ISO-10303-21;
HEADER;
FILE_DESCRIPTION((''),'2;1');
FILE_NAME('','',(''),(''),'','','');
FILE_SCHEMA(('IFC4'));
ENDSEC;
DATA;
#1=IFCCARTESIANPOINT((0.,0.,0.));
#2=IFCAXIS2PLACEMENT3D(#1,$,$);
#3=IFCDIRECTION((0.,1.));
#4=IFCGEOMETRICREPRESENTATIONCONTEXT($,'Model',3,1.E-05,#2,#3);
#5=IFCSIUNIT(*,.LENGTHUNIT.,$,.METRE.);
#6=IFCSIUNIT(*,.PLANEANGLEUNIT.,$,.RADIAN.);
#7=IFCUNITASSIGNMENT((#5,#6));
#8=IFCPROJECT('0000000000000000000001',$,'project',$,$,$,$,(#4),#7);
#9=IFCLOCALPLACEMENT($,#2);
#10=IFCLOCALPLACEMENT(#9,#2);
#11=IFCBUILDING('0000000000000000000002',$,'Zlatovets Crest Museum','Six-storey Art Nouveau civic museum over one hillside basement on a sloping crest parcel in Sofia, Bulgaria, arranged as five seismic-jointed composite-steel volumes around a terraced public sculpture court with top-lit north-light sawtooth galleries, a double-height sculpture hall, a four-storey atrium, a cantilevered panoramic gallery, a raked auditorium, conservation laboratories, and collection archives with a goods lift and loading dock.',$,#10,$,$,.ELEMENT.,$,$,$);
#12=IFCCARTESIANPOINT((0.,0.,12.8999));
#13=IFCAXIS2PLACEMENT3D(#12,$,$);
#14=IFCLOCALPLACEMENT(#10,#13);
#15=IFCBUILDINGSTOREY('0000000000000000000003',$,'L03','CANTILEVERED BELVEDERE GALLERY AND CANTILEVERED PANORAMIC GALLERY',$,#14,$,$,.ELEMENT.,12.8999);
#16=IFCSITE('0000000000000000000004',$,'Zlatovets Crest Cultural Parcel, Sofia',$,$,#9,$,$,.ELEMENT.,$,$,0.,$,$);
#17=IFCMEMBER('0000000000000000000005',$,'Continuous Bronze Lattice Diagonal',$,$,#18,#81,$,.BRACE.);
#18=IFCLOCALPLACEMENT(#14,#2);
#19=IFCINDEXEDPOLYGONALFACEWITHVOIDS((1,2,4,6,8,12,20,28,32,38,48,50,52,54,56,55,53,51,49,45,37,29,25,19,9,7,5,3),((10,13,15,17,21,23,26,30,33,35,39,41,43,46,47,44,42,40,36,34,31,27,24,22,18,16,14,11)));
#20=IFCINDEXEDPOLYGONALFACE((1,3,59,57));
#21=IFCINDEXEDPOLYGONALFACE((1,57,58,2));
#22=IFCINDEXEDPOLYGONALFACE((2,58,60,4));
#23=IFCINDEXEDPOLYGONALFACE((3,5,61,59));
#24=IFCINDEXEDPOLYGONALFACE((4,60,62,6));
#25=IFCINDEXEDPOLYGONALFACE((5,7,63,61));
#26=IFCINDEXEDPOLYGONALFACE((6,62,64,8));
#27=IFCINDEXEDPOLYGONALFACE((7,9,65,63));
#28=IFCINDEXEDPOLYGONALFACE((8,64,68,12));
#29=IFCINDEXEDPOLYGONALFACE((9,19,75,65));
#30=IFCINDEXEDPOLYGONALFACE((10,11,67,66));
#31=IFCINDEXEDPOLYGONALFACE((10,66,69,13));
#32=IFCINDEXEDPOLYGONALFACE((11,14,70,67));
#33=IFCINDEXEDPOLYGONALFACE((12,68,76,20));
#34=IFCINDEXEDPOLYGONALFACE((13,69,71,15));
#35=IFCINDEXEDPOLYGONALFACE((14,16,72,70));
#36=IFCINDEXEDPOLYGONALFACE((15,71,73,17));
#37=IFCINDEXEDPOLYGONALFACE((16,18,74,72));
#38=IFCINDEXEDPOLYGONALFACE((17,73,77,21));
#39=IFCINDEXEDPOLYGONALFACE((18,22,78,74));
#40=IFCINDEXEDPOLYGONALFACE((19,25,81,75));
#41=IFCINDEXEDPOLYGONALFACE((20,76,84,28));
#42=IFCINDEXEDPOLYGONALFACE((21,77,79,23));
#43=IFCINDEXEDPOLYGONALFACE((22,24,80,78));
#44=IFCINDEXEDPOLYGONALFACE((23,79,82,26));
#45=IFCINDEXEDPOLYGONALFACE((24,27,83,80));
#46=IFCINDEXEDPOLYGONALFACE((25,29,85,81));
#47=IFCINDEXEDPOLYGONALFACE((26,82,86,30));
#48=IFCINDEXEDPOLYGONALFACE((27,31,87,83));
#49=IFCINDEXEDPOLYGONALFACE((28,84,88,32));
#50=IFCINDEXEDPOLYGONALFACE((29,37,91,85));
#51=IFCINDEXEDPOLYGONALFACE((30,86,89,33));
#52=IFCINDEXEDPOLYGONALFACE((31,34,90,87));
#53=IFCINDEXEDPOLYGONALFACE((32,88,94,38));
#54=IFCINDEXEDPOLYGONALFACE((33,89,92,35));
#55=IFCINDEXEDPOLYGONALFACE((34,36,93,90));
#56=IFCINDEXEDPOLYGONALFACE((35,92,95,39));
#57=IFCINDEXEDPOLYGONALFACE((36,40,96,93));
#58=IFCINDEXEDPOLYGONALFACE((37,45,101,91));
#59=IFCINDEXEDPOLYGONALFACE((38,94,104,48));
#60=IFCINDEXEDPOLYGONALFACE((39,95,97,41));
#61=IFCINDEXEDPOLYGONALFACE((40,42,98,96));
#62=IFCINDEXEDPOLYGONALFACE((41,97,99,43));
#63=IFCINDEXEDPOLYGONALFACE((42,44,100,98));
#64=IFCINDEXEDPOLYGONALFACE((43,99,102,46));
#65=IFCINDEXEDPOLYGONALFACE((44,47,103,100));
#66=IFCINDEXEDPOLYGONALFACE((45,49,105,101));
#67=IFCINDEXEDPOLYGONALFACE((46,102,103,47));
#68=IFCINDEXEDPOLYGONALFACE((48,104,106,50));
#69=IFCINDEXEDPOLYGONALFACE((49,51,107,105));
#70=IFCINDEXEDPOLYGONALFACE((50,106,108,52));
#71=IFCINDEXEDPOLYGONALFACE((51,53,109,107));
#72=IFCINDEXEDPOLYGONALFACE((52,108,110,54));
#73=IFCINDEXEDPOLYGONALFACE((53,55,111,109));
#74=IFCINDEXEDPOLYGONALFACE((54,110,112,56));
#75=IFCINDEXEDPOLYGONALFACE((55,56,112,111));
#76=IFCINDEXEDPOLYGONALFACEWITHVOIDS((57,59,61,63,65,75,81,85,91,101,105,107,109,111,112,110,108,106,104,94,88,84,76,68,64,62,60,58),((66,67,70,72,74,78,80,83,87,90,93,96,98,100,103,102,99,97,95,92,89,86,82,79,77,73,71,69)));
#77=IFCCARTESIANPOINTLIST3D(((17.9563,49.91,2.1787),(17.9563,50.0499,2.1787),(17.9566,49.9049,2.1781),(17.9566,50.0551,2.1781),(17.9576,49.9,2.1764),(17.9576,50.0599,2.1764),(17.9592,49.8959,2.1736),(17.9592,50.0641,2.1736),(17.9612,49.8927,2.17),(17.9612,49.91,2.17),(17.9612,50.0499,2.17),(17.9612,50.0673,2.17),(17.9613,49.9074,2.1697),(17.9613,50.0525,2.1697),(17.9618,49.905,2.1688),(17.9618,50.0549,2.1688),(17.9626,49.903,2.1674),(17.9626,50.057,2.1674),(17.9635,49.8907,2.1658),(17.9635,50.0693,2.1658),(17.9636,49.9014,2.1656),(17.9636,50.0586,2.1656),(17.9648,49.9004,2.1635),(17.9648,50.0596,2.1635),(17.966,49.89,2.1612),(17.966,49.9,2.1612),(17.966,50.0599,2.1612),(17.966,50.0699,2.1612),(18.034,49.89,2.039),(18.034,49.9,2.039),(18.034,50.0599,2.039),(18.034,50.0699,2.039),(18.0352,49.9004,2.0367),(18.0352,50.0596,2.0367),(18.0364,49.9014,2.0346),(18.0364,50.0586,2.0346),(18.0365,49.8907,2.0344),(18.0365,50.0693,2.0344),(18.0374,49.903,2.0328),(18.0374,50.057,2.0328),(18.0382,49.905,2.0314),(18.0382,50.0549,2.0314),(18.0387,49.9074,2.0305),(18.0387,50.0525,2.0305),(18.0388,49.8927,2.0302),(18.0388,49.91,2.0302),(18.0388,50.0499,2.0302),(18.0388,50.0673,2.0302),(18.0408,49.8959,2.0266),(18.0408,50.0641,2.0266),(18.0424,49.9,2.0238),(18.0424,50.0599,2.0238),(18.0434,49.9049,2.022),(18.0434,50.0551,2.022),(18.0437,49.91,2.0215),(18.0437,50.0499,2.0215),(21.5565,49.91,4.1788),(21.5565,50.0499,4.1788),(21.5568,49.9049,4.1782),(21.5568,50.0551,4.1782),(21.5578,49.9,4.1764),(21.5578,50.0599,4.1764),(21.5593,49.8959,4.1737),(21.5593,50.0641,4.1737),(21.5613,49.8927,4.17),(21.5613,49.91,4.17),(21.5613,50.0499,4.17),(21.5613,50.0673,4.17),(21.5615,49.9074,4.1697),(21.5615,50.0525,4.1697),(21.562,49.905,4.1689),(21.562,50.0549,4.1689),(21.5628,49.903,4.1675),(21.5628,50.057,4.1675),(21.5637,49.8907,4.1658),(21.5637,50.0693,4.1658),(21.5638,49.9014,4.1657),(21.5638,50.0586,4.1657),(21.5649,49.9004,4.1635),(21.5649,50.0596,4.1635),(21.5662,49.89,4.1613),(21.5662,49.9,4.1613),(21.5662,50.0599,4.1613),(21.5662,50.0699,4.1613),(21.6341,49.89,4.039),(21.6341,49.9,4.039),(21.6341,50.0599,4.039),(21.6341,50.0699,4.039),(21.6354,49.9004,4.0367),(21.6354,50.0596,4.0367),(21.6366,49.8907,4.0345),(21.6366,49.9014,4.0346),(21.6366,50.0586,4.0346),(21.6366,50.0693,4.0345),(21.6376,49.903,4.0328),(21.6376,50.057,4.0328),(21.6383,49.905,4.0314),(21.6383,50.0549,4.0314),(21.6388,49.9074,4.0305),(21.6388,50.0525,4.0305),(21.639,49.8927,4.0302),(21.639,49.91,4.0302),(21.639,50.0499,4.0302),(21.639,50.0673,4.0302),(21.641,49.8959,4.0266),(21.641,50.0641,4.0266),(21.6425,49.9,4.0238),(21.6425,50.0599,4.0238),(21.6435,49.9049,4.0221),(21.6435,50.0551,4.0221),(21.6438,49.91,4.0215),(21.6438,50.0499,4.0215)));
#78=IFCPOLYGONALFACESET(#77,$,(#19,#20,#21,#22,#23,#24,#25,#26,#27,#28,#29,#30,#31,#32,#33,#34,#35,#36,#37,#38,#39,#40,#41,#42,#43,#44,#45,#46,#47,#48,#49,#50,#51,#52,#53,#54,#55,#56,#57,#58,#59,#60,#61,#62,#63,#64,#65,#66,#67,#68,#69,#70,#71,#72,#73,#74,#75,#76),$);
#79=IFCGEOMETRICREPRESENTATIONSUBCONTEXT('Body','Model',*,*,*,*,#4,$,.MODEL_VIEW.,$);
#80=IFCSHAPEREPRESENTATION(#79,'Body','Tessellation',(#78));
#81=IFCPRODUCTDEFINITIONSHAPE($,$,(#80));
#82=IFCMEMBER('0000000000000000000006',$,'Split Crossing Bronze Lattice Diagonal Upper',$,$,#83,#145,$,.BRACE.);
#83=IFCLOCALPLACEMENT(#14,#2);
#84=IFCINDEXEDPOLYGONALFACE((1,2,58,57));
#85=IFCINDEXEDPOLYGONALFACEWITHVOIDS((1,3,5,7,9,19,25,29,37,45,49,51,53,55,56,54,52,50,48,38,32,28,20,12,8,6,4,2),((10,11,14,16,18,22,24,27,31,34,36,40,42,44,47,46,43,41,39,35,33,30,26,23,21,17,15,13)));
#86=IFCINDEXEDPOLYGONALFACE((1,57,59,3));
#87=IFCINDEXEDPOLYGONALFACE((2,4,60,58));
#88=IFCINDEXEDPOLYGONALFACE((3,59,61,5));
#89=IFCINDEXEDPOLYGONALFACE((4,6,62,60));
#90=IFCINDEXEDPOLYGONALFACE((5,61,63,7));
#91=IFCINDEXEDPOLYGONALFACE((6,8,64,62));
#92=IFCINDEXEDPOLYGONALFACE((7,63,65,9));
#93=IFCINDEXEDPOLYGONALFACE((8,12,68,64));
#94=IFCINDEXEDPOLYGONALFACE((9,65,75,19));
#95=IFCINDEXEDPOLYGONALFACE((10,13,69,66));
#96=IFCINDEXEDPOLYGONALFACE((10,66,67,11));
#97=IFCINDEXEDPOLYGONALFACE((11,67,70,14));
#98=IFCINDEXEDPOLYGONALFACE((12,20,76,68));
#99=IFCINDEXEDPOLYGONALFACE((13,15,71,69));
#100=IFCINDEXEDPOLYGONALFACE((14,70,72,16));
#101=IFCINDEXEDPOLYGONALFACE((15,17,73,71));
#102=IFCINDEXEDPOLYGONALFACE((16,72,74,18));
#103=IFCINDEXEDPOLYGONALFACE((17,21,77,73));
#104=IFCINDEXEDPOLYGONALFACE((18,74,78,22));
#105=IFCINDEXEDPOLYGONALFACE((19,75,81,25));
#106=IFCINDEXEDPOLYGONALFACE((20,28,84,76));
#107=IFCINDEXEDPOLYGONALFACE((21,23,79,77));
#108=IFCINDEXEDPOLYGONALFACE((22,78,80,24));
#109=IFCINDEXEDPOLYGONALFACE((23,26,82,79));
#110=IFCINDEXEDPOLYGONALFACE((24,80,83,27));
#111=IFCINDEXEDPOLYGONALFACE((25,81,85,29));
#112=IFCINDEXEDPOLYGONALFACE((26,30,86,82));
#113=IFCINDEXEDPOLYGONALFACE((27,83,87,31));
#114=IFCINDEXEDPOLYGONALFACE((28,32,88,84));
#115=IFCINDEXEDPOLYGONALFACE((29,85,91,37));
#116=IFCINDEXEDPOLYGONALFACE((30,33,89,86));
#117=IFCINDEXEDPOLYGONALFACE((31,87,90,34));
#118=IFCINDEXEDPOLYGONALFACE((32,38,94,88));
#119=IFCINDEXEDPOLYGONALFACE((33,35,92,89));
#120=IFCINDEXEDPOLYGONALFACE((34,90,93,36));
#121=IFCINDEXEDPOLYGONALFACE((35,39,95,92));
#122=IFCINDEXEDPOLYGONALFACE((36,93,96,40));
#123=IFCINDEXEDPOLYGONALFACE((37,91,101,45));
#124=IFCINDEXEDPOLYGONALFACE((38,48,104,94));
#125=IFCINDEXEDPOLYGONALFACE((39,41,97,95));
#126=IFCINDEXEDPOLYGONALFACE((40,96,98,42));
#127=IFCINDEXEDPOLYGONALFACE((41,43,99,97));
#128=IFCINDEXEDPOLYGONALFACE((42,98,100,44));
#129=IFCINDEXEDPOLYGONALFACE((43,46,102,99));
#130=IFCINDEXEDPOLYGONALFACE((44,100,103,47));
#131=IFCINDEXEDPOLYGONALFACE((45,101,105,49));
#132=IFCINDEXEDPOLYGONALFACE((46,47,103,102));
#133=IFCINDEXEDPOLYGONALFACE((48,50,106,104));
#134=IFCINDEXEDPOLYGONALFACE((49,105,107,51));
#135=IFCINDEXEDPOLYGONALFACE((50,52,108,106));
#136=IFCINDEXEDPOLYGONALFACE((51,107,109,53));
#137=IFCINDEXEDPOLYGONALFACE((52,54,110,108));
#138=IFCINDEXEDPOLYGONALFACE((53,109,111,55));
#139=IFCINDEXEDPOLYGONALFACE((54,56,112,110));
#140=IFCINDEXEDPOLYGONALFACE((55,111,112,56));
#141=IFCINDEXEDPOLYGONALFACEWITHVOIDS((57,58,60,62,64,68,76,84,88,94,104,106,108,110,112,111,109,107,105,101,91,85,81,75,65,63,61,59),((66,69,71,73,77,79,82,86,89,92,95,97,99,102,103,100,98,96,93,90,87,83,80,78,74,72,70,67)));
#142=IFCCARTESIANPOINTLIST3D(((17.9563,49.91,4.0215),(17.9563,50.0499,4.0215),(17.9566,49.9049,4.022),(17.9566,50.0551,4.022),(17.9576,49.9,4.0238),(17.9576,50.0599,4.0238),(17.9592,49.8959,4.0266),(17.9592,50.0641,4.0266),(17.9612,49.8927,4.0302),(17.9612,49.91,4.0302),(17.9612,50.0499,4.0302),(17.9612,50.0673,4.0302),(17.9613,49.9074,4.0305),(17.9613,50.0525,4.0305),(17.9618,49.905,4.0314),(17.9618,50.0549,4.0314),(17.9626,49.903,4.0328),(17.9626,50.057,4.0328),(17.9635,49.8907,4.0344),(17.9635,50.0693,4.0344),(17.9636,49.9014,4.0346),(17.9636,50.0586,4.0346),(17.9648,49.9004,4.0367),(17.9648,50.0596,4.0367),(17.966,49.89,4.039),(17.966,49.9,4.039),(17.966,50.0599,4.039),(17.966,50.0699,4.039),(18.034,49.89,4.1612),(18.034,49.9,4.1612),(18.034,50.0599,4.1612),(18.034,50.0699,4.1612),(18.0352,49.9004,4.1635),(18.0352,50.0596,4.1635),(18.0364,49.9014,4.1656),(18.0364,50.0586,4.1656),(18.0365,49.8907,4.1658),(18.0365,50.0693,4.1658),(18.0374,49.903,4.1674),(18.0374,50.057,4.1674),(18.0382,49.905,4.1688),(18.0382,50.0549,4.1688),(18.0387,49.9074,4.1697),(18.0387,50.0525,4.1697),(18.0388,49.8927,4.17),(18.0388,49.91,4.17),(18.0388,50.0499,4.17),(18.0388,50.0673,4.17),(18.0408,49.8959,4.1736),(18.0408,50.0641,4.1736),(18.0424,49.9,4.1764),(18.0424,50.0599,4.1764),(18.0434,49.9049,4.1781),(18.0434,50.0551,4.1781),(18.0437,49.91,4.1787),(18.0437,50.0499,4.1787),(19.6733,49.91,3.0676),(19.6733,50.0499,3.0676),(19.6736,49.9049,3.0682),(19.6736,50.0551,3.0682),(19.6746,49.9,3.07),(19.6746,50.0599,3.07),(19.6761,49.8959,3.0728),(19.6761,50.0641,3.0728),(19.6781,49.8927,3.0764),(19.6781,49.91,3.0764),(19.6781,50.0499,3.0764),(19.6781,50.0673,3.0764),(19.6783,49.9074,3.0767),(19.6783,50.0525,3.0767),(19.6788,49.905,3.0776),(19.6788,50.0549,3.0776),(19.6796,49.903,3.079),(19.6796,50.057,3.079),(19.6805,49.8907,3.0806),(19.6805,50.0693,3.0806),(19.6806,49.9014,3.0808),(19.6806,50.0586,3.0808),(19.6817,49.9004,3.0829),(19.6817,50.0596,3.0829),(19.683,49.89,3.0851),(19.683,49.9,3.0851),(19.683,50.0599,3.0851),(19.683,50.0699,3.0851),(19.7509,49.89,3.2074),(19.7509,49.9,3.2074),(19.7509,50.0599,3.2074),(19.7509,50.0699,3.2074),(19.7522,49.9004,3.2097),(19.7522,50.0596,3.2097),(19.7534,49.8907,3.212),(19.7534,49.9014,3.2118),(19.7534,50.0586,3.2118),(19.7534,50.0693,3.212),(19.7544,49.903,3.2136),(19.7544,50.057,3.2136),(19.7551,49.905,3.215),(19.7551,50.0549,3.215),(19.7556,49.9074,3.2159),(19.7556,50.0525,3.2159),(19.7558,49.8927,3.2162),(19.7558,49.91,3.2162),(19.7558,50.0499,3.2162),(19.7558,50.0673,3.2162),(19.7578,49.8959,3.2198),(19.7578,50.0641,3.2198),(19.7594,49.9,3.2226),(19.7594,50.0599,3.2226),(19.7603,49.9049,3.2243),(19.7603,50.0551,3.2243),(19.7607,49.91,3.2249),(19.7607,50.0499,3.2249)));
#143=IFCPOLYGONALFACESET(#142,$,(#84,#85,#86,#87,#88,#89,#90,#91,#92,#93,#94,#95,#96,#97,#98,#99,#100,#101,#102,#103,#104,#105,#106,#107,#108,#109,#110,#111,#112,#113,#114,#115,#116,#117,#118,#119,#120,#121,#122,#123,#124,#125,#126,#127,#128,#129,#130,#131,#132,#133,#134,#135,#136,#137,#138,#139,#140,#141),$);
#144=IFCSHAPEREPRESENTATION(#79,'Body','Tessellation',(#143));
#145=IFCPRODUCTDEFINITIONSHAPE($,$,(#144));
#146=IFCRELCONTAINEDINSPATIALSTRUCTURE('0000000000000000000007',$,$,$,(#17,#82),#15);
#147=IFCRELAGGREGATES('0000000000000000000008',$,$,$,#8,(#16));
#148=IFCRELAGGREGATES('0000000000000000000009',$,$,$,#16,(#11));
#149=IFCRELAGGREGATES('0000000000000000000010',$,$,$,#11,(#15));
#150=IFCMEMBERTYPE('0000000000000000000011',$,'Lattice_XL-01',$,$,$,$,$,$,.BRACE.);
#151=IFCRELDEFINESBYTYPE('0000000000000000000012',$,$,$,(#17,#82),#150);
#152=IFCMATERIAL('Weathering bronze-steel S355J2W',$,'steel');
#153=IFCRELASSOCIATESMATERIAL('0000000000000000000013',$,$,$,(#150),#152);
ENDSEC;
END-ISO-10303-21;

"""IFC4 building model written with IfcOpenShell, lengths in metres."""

from ifc_helpers import new_model, si_unit, direction, frame, origin, origin_2d, place, context, subcontext, project, spatial, hollow_rectangle, extrude, material, material_profile, profile_set, type_object, element, save


model = new_model("IFC4")

# Units and contexts
model_context = context("Model", 3, precision=1e-05, world=origin(), true_north=direction((0.0, 1.0)))
body_context = subcontext(model_context, "Body", "Model", "MODEL_VIEW")
ifc_project = project(units=[si_unit("LENGTHUNIT", "METRE"), si_unit("PLANEANGLEUNIT", "RADIAN")], contexts=[model_context])

# Site, building, storey
site_placement = place(None, origin())
site = spatial("IfcSite", under=ifc_project, at=site_placement, Name="Zlatovets Crest Cultural Parcel, Sofia", CompositionType="ELEMENT", RefElevation=0.0)
building_placement = place(site_placement, origin())
building = spatial("IfcBuilding", under=site, at=building_placement, Name="Zlatovets Crest Museum", Description="Six-storey Art Nouveau civic museum over one hillside basement on a sloping crest parcel in Sofia, Bulgaria, arranged as five seismic-jointed composite-steel volumes around a terraced public sculpture court with top-lit north-light sawtooth galleries, a double-height sculpture hall, a four-storey atrium, a cantilevered panoramic gallery, a raked auditorium, conservation laboratories, and collection archives with a goods lift and loading dock.", CompositionType="ELEMENT")
storey_placement = place(building_placement, frame((0.0, 0.0, 12.8999)))
storey = spatial("IfcBuildingStorey", under=building, at=storey_placement, Name="L03", Description="CANTILEVERED BELVEDERE GALLERY AND CANTILEVERED PANORAMIC GALLERY", CompositionType="ELEMENT", Elevation=12.8999)

# Members
ifc_material_1 = material(Name="Weathering bronze-steel S355J2W", Category="steel")
ifc_material_profile_1 = material_profile(ifc_material_1, hollow_rectangle(XDim=0.1799, YDim=0.1799, WallThickness=0.01, InnerFilletRadius=0.01, OuterFilletRadius=0.02, at=origin_2d()), Name="SHS 180x180x10.0")
ifc_profile_set_1 = profile_set([ifc_material_profile_1], Name="Weathering bronze-steel S355J2W")
member_type_1 = type_object("IfcMemberType", Name="Lattice_XL-01", PredefinedType="BRACE", material=ifc_profile_set_1)
member_1_placement = place(storey_placement, frame((18.0, 49.98, 2.1001), z_axis=(0.874163, 0.0, 0.485633), x_axis=(0.0, 1.0, 0.0)))
element("IfcMember", 1, at=member_1_placement, inside=storey, type_object=member_type_1, Name="Continuous Bronze Lattice Diagonal", PredefinedType="BRACE", context=body_context, shape_type="SweptSolid", body=[
    extrude(hollow_rectangle(XDim=0.1799, YDim=0.1799, WallThickness=0.01, InnerFilletRadius=0.01, OuterFilletRadius=0.02, at=origin_2d()), origin(), (0.0, 0.0, 1.0), 4.1184),
])
for number, where, z_axis, x_axis, name in (
    (2, (18.0, 49.98, 4.1001), (0.874169, 0.0, -0.485622), (0.0, 1.0, 0.0), "Split Crossing Bronze Lattice Diagonal Upper"),
):
    element("IfcMember", number, at=place(storey_placement, frame(where, z_axis=z_axis, x_axis=x_axis)), inside=storey, type_object=member_type_1, Name=name, PredefinedType="BRACE", context=body_context, shape_type="SweptSolid", body=[
        extrude(hollow_rectangle(XDim=0.1799, YDim=0.1799, WallThickness=0.01, InnerFilletRadius=0.01, OuterFilletRadius=0.02, at=origin_2d()), origin(), (0.0, 0.0, 1.0), 1.9641),
    ])

save(model, "model.ifc")
